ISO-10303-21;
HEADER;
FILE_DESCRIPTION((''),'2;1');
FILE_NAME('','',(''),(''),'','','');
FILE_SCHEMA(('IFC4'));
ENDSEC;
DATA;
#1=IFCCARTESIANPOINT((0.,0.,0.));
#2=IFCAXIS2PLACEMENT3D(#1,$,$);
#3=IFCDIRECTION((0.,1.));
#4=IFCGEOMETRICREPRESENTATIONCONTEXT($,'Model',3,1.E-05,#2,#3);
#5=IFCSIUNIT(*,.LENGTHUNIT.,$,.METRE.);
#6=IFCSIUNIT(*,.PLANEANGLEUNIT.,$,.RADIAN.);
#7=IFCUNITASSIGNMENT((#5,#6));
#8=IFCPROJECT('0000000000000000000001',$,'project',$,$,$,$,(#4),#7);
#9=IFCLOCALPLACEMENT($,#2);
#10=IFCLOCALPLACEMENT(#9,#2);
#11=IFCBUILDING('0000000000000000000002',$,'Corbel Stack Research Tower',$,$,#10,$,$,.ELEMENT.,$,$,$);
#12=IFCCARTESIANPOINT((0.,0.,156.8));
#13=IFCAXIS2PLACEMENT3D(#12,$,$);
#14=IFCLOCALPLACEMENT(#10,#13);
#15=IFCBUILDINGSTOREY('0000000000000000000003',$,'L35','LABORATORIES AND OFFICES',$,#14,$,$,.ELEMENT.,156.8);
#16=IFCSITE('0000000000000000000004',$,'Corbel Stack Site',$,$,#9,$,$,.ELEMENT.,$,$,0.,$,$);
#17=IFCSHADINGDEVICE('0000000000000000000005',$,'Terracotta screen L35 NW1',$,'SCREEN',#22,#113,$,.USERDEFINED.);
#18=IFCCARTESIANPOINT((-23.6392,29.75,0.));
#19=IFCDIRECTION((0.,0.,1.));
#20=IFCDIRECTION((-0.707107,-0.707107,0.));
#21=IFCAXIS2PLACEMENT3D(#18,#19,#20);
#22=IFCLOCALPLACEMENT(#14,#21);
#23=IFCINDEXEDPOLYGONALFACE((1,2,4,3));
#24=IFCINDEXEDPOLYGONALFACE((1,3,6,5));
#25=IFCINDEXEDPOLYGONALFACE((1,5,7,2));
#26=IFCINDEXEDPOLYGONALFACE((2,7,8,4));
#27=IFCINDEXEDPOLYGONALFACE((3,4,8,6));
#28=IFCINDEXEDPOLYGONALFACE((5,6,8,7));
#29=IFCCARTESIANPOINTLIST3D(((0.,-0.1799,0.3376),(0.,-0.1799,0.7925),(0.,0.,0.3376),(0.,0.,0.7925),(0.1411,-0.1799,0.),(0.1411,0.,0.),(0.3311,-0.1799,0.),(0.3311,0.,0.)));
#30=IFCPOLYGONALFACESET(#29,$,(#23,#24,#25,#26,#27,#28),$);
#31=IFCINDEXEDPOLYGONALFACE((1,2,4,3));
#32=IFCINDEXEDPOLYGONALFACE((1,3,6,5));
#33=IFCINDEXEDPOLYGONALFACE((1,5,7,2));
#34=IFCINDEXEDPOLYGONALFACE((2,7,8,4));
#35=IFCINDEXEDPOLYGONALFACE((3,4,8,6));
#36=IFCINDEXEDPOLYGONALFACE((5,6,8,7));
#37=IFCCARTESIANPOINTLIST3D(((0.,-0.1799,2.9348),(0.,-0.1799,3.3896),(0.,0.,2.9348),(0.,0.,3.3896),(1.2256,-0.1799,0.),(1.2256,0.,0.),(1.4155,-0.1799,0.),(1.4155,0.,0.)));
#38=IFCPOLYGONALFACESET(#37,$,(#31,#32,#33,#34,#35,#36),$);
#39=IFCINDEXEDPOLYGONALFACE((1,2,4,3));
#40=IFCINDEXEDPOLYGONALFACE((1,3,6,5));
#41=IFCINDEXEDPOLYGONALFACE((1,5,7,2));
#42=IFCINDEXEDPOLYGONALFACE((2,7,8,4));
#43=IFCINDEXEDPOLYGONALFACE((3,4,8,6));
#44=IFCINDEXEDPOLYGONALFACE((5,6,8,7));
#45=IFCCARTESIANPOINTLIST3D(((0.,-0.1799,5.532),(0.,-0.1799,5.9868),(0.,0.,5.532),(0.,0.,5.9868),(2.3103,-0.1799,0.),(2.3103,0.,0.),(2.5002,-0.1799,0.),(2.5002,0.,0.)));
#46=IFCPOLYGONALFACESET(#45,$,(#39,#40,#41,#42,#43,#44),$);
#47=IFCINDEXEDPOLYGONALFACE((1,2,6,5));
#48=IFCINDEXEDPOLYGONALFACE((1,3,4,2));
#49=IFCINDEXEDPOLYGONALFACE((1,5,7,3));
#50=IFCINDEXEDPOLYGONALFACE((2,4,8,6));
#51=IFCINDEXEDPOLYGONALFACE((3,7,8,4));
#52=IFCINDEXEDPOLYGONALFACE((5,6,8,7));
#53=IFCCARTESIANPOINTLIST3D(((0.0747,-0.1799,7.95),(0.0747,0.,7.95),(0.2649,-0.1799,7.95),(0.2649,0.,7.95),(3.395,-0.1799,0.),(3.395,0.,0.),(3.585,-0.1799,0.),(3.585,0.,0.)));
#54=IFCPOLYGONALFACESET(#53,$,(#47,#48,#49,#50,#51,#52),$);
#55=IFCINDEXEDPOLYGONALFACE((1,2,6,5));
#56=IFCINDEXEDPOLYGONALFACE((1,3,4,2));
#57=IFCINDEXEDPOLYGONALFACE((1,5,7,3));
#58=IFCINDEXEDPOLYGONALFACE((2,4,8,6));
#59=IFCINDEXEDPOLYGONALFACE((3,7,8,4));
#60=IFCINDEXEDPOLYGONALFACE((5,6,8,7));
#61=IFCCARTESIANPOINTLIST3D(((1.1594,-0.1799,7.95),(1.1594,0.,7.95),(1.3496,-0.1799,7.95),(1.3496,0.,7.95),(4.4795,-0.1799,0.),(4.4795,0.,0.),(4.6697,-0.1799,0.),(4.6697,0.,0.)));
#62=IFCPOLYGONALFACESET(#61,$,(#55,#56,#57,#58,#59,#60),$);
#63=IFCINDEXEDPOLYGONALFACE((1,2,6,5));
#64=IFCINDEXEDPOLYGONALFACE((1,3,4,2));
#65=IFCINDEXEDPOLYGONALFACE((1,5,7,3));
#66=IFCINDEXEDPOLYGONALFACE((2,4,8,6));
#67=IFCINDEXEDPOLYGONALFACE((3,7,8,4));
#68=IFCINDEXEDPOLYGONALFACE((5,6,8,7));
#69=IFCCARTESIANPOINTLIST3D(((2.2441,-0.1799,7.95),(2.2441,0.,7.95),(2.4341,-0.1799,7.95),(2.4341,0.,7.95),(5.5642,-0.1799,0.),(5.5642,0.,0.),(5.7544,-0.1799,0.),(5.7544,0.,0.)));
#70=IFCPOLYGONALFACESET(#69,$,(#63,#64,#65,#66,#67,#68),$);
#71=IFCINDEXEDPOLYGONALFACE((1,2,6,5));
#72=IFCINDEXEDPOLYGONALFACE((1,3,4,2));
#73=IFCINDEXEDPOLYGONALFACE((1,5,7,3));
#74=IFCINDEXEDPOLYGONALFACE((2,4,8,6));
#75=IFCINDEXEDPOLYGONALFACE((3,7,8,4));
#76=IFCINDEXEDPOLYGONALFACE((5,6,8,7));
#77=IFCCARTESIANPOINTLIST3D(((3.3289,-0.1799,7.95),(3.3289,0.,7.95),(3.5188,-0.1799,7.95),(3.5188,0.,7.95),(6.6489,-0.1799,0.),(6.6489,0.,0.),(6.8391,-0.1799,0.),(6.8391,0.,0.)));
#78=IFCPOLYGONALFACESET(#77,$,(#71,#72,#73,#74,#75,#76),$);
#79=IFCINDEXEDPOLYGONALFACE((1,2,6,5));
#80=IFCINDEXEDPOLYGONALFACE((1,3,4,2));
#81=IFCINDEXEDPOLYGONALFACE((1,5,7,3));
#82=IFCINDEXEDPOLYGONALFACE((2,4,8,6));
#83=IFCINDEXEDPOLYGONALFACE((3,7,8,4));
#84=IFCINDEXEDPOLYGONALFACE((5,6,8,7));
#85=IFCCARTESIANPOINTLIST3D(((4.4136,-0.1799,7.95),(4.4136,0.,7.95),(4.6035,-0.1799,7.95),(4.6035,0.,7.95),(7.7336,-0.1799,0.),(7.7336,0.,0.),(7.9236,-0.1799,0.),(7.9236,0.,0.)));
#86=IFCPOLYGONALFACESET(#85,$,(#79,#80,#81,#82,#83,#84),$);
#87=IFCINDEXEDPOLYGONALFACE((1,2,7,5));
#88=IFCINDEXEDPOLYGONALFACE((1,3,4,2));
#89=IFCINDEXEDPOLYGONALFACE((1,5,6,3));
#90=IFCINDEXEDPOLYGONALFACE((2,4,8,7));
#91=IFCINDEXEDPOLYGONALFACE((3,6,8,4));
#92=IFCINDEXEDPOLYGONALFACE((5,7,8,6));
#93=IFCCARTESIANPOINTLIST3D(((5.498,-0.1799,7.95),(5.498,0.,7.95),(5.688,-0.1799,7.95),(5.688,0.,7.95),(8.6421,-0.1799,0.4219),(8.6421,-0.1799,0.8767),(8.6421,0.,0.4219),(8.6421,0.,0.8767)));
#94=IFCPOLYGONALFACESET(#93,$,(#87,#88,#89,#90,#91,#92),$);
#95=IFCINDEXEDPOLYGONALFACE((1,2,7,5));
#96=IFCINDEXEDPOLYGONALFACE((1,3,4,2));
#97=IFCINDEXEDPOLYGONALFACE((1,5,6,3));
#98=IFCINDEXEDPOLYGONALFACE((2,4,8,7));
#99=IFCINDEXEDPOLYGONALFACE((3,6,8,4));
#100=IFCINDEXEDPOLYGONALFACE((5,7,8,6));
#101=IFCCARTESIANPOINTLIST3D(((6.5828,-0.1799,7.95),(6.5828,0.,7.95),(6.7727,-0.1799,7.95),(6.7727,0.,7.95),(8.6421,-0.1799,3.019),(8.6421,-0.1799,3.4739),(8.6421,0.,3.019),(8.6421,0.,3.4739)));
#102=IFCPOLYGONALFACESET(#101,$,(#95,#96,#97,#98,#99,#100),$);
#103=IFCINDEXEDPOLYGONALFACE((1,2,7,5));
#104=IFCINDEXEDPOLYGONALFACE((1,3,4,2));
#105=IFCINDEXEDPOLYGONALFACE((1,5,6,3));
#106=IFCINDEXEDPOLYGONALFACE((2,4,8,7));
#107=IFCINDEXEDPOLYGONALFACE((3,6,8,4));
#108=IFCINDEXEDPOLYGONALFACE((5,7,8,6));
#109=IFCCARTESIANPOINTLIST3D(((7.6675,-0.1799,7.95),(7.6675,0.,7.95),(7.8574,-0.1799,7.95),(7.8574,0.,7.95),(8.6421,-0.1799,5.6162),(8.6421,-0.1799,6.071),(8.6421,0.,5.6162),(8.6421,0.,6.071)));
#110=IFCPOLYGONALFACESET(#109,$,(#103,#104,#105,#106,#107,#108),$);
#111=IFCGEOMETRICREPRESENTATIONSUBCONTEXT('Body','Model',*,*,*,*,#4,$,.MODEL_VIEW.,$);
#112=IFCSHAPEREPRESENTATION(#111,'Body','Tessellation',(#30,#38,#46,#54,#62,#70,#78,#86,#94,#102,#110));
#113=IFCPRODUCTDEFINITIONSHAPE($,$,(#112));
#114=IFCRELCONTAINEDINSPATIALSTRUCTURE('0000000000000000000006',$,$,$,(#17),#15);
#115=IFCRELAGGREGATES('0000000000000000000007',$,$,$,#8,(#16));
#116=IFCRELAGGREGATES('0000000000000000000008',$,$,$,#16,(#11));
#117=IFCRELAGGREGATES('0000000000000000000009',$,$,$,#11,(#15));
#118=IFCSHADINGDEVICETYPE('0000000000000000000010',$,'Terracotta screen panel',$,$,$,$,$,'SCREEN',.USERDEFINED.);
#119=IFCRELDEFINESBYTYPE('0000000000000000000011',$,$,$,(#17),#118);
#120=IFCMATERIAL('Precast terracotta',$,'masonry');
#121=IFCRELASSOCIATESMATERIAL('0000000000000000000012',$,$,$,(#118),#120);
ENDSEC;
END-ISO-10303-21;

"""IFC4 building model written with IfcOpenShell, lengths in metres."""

from ifc_helpers import new_model, si_unit, direction, frame, origin, place, context, subcontext, project, spatial, polyline, outline, extrude, source, transform, mapped, material, type_object, element, save


model = new_model("IFC4")

# Units and contexts
model_context = context("Model", 3, precision=1e-05, world=origin(), true_north=direction((0.0, 1.0)))
body_context = subcontext(model_context, "Body", "Model", "MODEL_VIEW")
ifc_project = project(units=[si_unit("LENGTHUNIT", "METRE"), si_unit("PLANEANGLEUNIT", "RADIAN")], contexts=[model_context])

# Site, building, storey
site_placement = place(None, origin())
site = spatial("IfcSite", under=ifc_project, at=site_placement, Name="Corbel Stack Site", CompositionType="ELEMENT", RefElevation=0.0)
building_placement = place(site_placement, origin())
building = spatial("IfcBuilding", under=site, at=building_placement, Name="Corbel Stack Research Tower", CompositionType="ELEMENT")
storey_placement = place(building_placement, frame((0.0, 0.0, 156.8)))
storey = spatial("IfcBuildingStorey", under=building, at=storey_placement, Name="L35", Description="LABORATORIES AND OFFICES", CompositionType="ELEMENT", Elevation=156.8)

# Shading device
ifc_material_1 = material(Name="Precast terracotta", Category="masonry")
shading_device_type = type_object("IfcShadingDeviceType", Name="Terracotta screen panel", ElementType="SCREEN", PredefinedType="USERDEFINED", material=ifc_material_1)
shared_shape_1 = source(origin(), body_context, "Body", "SweptSolid", [
    extrude(outline(polyline([(0.3311, 0.0), (0.0, 0.7925), (0.0, 0.3376), (0.1411, 0.0), (0.3311, 0.0)])), frame((0.0, 0.0, 0.0), z_axis=(0.0, -1.0, 0.0), x_axis=(1.0, 0.0, 0.0)), (0.0, 0.0, 1.0), 0.1799),
    extrude(outline(polyline([(1.4155, 0.0), (0.0, 3.3896), (0.0, 2.9348), (1.2256, 0.0), (1.4155, 0.0)])), frame((0.0, 0.0, 0.0), z_axis=(0.0, -1.0, 0.0), x_axis=(1.0, 0.0, 0.0)), (0.0, 0.0, 1.0), 0.1799),
    extrude(outline(polyline([(2.5002, 0.0), (0.0, 5.9868), (0.0, 5.532), (2.3103, 0.0), (2.5002, 0.0)])), frame((0.0, 0.0, 0.0), z_axis=(0.0, -1.0, 0.0), x_axis=(1.0, 0.0, 0.0)), (0.0, 0.0, 1.0), 0.1799),
    extrude(outline(polyline([(3.585, 0.0), (0.2649, 7.95), (0.0747, 7.95), (3.395, 0.0), (3.585, 0.0)])), frame((0.0, 0.0, 0.0), z_axis=(0.0, -1.0, 0.0), x_axis=(1.0, 0.0, 0.0)), (0.0, 0.0, 1.0), 0.1799),
    extrude(outline(polyline([(4.6697, 0.0), (1.3496, 7.95), (1.1594, 7.95), (4.4795, 0.0), (4.6697, 0.0)])), frame((0.0, 0.0, 0.0), z_axis=(0.0, -1.0, 0.0), x_axis=(1.0, 0.0, 0.0)), (0.0, 0.0, 1.0), 0.1799),
    extrude(outline(polyline([(5.7544, 0.0), (2.4341, 7.95), (2.2441, 7.95), (5.5642, 0.0), (5.7544, 0.0)])), frame((0.0, 0.0, 0.0), z_axis=(0.0, -1.0, 0.0), x_axis=(1.0, 0.0, 0.0)), (0.0, 0.0, 1.0), 0.1799),
    extrude(outline(polyline([(6.8391, 0.0), (3.5188, 7.95), (3.3289, 7.95), (6.6489, 0.0), (6.8391, 0.0)])), frame((0.0, 0.0, 0.0), z_axis=(0.0, -1.0, 0.0), x_axis=(1.0, 0.0, 0.0)), (0.0, 0.0, 1.0), 0.1799),
    extrude(outline(polyline([(7.9236, 0.0), (4.6035, 7.95), (4.4136, 7.95), (7.7336, 0.0), (7.9236, 0.0)])), frame((0.0, 0.0, 0.0), z_axis=(0.0, -1.0, 0.0), x_axis=(1.0, 0.0, 0.0)), (0.0, 0.0, 1.0), 0.1799),
    extrude(outline(polyline([(5.688, 7.95), (5.498, 7.95), (8.6421, 0.4219), (8.6421, 0.8767), (5.688, 7.95)])), frame((0.0, 0.0, 0.0), z_axis=(0.0, -1.0, 0.0), x_axis=(1.0, 0.0, 0.0)), (0.0, 0.0, 1.0), 0.1799),
    extrude(outline(polyline([(6.7727, 7.95), (6.5828, 7.95), (8.6421, 3.019), (8.6421, 3.4739), (6.7727, 7.95)])), frame((0.0, 0.0, 0.0), z_axis=(0.0, -1.0, 0.0), x_axis=(1.0, 0.0, 0.0)), (0.0, 0.0, 1.0), 0.1799),
    extrude(outline(polyline([(7.8574, 7.95), (7.6675, 7.95), (8.6421, 5.6162), (8.6421, 6.071), (7.8574, 7.95)])), frame((0.0, 0.0, 0.0), z_axis=(0.0, -1.0, 0.0), x_axis=(1.0, 0.0, 0.0)), (0.0, 0.0, 1.0), 0.1799),
])
shading_device_1_placement = place(storey_placement, frame((-23.6392, 29.75, 0.0), z_axis=(0.0, 0.0, 1.0), x_axis=(-0.707107, -0.707107, 0.0)))
element("IfcShadingDevice", 1, at=shading_device_1_placement, inside=storey, type_object=shading_device_type, Name="Terracotta screen L35 NW1", ObjectType="SCREEN", PredefinedType="USERDEFINED", context=body_context, shape_type="MappedRepresentation", body=[
    mapped(shared_shape_1, transform((0.0, 0.0, 0.0))),
])

save(model, "model.ifc")
